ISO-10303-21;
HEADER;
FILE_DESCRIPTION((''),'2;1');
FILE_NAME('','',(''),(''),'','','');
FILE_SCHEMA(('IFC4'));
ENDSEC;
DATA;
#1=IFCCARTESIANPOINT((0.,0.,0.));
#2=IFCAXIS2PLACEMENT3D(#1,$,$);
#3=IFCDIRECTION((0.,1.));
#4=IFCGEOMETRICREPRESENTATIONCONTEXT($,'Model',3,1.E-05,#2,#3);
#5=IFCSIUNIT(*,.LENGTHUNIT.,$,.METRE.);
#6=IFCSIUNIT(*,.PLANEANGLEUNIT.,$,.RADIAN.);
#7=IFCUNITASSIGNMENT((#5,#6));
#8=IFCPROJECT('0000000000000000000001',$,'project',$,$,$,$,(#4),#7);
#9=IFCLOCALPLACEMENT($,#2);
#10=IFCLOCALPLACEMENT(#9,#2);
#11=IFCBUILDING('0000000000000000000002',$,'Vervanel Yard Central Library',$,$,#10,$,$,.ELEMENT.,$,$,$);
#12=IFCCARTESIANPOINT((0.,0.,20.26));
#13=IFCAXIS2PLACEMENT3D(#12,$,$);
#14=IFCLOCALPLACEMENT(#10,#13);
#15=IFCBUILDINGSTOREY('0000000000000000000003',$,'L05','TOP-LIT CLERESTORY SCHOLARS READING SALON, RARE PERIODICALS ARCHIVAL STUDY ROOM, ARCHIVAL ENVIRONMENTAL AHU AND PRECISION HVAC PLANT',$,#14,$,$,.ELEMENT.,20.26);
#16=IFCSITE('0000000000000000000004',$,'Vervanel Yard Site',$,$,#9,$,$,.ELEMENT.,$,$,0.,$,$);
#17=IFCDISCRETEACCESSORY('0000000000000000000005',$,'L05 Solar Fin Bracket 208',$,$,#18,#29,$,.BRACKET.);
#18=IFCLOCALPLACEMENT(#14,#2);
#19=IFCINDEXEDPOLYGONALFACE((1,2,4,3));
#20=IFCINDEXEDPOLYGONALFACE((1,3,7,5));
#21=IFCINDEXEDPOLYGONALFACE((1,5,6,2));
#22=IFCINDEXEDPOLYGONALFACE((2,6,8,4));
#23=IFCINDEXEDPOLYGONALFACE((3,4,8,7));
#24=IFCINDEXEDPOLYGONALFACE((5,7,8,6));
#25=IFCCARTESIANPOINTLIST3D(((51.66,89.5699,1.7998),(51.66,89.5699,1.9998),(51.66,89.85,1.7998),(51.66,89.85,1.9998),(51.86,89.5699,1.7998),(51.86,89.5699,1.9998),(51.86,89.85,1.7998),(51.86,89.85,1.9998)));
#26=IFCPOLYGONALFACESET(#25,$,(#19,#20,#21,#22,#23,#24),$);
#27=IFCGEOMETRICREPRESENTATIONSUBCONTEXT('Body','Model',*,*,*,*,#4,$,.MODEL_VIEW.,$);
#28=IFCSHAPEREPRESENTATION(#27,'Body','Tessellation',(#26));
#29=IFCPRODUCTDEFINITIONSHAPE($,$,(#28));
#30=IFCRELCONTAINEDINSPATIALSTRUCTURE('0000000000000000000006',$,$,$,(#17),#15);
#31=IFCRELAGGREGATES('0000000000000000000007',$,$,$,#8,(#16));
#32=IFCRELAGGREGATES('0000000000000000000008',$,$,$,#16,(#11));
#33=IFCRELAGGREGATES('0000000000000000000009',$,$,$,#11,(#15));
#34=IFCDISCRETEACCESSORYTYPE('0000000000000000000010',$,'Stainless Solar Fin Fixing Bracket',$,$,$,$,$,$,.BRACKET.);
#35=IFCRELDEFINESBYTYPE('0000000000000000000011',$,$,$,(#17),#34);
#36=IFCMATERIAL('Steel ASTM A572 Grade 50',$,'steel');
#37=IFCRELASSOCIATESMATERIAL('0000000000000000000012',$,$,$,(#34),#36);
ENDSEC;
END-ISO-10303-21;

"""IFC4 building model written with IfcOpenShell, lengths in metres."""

from ifc_helpers import new_model, si_unit, direction, frame, origin, origin_2d, place, context, subcontext, project, spatial, rectangle, extrude, material, type_object, element, save


model = new_model("IFC4")

# Units and contexts
model_context = context("Model", 3, precision=1e-05, world=origin(), true_north=direction((0.0, 1.0)))
body_context = subcontext(model_context, "Body", "Model", "MODEL_VIEW")
ifc_project = project(units=[si_unit("LENGTHUNIT", "METRE"), si_unit("PLANEANGLEUNIT", "RADIAN")], contexts=[model_context])

# Site, building, storey
site_placement = place(None, origin())
site = spatial("IfcSite", under=ifc_project, at=site_placement, Name="Vervanel Yard Site", CompositionType="ELEMENT", RefElevation=0.0)
building_placement = place(site_placement, origin())
building = spatial("IfcBuilding", under=site, at=building_placement, Name="Vervanel Yard Central Library", CompositionType="ELEMENT")
storey_placement = place(building_placement, frame((0.0, 0.0, 20.26)))
storey = spatial("IfcBuildingStorey", under=building, at=storey_placement, Name="L05", Description="TOP-LIT CLERESTORY SCHOLARS READING SALON, RARE PERIODICALS ARCHIVAL STUDY ROOM, ARCHIVAL ENVIRONMENTAL AHU AND PRECISION HVAC PLANT", CompositionType="ELEMENT", Elevation=20.26)

# Shared definitions
ifc_material_1 = material(Name="Steel ASTM A572 Grade 50", Category="steel")

# Discrete accessory
discrete_accessory_type = type_object("IfcDiscreteAccessoryType", Name="Stainless Solar Fin Fixing Bracket", PredefinedType="BRACKET", material=ifc_material_1)
for number, where, z_axis, x_axis, name in (
    (1, (51.76, 89.71, 1.7998), (0.0, 0.0, 1.0), (1.0, 0.0, 0.0), "L05 Solar Fin Bracket 208"),
):
    element("IfcDiscreteAccessory", number, at=place(storey_placement, frame(where, z_axis=z_axis, x_axis=x_axis)), inside=storey, type_object=discrete_accessory_type, Name=name, PredefinedType="BRACKET", context=body_context, shape_type="SweptSolid", body=[
        extrude(rectangle(XDim=0.2, YDim=0.28, at=origin_2d()), origin(), (0.0, 0.0, 1.0), 0.2),
    ])

save(model, "model.ifc")
